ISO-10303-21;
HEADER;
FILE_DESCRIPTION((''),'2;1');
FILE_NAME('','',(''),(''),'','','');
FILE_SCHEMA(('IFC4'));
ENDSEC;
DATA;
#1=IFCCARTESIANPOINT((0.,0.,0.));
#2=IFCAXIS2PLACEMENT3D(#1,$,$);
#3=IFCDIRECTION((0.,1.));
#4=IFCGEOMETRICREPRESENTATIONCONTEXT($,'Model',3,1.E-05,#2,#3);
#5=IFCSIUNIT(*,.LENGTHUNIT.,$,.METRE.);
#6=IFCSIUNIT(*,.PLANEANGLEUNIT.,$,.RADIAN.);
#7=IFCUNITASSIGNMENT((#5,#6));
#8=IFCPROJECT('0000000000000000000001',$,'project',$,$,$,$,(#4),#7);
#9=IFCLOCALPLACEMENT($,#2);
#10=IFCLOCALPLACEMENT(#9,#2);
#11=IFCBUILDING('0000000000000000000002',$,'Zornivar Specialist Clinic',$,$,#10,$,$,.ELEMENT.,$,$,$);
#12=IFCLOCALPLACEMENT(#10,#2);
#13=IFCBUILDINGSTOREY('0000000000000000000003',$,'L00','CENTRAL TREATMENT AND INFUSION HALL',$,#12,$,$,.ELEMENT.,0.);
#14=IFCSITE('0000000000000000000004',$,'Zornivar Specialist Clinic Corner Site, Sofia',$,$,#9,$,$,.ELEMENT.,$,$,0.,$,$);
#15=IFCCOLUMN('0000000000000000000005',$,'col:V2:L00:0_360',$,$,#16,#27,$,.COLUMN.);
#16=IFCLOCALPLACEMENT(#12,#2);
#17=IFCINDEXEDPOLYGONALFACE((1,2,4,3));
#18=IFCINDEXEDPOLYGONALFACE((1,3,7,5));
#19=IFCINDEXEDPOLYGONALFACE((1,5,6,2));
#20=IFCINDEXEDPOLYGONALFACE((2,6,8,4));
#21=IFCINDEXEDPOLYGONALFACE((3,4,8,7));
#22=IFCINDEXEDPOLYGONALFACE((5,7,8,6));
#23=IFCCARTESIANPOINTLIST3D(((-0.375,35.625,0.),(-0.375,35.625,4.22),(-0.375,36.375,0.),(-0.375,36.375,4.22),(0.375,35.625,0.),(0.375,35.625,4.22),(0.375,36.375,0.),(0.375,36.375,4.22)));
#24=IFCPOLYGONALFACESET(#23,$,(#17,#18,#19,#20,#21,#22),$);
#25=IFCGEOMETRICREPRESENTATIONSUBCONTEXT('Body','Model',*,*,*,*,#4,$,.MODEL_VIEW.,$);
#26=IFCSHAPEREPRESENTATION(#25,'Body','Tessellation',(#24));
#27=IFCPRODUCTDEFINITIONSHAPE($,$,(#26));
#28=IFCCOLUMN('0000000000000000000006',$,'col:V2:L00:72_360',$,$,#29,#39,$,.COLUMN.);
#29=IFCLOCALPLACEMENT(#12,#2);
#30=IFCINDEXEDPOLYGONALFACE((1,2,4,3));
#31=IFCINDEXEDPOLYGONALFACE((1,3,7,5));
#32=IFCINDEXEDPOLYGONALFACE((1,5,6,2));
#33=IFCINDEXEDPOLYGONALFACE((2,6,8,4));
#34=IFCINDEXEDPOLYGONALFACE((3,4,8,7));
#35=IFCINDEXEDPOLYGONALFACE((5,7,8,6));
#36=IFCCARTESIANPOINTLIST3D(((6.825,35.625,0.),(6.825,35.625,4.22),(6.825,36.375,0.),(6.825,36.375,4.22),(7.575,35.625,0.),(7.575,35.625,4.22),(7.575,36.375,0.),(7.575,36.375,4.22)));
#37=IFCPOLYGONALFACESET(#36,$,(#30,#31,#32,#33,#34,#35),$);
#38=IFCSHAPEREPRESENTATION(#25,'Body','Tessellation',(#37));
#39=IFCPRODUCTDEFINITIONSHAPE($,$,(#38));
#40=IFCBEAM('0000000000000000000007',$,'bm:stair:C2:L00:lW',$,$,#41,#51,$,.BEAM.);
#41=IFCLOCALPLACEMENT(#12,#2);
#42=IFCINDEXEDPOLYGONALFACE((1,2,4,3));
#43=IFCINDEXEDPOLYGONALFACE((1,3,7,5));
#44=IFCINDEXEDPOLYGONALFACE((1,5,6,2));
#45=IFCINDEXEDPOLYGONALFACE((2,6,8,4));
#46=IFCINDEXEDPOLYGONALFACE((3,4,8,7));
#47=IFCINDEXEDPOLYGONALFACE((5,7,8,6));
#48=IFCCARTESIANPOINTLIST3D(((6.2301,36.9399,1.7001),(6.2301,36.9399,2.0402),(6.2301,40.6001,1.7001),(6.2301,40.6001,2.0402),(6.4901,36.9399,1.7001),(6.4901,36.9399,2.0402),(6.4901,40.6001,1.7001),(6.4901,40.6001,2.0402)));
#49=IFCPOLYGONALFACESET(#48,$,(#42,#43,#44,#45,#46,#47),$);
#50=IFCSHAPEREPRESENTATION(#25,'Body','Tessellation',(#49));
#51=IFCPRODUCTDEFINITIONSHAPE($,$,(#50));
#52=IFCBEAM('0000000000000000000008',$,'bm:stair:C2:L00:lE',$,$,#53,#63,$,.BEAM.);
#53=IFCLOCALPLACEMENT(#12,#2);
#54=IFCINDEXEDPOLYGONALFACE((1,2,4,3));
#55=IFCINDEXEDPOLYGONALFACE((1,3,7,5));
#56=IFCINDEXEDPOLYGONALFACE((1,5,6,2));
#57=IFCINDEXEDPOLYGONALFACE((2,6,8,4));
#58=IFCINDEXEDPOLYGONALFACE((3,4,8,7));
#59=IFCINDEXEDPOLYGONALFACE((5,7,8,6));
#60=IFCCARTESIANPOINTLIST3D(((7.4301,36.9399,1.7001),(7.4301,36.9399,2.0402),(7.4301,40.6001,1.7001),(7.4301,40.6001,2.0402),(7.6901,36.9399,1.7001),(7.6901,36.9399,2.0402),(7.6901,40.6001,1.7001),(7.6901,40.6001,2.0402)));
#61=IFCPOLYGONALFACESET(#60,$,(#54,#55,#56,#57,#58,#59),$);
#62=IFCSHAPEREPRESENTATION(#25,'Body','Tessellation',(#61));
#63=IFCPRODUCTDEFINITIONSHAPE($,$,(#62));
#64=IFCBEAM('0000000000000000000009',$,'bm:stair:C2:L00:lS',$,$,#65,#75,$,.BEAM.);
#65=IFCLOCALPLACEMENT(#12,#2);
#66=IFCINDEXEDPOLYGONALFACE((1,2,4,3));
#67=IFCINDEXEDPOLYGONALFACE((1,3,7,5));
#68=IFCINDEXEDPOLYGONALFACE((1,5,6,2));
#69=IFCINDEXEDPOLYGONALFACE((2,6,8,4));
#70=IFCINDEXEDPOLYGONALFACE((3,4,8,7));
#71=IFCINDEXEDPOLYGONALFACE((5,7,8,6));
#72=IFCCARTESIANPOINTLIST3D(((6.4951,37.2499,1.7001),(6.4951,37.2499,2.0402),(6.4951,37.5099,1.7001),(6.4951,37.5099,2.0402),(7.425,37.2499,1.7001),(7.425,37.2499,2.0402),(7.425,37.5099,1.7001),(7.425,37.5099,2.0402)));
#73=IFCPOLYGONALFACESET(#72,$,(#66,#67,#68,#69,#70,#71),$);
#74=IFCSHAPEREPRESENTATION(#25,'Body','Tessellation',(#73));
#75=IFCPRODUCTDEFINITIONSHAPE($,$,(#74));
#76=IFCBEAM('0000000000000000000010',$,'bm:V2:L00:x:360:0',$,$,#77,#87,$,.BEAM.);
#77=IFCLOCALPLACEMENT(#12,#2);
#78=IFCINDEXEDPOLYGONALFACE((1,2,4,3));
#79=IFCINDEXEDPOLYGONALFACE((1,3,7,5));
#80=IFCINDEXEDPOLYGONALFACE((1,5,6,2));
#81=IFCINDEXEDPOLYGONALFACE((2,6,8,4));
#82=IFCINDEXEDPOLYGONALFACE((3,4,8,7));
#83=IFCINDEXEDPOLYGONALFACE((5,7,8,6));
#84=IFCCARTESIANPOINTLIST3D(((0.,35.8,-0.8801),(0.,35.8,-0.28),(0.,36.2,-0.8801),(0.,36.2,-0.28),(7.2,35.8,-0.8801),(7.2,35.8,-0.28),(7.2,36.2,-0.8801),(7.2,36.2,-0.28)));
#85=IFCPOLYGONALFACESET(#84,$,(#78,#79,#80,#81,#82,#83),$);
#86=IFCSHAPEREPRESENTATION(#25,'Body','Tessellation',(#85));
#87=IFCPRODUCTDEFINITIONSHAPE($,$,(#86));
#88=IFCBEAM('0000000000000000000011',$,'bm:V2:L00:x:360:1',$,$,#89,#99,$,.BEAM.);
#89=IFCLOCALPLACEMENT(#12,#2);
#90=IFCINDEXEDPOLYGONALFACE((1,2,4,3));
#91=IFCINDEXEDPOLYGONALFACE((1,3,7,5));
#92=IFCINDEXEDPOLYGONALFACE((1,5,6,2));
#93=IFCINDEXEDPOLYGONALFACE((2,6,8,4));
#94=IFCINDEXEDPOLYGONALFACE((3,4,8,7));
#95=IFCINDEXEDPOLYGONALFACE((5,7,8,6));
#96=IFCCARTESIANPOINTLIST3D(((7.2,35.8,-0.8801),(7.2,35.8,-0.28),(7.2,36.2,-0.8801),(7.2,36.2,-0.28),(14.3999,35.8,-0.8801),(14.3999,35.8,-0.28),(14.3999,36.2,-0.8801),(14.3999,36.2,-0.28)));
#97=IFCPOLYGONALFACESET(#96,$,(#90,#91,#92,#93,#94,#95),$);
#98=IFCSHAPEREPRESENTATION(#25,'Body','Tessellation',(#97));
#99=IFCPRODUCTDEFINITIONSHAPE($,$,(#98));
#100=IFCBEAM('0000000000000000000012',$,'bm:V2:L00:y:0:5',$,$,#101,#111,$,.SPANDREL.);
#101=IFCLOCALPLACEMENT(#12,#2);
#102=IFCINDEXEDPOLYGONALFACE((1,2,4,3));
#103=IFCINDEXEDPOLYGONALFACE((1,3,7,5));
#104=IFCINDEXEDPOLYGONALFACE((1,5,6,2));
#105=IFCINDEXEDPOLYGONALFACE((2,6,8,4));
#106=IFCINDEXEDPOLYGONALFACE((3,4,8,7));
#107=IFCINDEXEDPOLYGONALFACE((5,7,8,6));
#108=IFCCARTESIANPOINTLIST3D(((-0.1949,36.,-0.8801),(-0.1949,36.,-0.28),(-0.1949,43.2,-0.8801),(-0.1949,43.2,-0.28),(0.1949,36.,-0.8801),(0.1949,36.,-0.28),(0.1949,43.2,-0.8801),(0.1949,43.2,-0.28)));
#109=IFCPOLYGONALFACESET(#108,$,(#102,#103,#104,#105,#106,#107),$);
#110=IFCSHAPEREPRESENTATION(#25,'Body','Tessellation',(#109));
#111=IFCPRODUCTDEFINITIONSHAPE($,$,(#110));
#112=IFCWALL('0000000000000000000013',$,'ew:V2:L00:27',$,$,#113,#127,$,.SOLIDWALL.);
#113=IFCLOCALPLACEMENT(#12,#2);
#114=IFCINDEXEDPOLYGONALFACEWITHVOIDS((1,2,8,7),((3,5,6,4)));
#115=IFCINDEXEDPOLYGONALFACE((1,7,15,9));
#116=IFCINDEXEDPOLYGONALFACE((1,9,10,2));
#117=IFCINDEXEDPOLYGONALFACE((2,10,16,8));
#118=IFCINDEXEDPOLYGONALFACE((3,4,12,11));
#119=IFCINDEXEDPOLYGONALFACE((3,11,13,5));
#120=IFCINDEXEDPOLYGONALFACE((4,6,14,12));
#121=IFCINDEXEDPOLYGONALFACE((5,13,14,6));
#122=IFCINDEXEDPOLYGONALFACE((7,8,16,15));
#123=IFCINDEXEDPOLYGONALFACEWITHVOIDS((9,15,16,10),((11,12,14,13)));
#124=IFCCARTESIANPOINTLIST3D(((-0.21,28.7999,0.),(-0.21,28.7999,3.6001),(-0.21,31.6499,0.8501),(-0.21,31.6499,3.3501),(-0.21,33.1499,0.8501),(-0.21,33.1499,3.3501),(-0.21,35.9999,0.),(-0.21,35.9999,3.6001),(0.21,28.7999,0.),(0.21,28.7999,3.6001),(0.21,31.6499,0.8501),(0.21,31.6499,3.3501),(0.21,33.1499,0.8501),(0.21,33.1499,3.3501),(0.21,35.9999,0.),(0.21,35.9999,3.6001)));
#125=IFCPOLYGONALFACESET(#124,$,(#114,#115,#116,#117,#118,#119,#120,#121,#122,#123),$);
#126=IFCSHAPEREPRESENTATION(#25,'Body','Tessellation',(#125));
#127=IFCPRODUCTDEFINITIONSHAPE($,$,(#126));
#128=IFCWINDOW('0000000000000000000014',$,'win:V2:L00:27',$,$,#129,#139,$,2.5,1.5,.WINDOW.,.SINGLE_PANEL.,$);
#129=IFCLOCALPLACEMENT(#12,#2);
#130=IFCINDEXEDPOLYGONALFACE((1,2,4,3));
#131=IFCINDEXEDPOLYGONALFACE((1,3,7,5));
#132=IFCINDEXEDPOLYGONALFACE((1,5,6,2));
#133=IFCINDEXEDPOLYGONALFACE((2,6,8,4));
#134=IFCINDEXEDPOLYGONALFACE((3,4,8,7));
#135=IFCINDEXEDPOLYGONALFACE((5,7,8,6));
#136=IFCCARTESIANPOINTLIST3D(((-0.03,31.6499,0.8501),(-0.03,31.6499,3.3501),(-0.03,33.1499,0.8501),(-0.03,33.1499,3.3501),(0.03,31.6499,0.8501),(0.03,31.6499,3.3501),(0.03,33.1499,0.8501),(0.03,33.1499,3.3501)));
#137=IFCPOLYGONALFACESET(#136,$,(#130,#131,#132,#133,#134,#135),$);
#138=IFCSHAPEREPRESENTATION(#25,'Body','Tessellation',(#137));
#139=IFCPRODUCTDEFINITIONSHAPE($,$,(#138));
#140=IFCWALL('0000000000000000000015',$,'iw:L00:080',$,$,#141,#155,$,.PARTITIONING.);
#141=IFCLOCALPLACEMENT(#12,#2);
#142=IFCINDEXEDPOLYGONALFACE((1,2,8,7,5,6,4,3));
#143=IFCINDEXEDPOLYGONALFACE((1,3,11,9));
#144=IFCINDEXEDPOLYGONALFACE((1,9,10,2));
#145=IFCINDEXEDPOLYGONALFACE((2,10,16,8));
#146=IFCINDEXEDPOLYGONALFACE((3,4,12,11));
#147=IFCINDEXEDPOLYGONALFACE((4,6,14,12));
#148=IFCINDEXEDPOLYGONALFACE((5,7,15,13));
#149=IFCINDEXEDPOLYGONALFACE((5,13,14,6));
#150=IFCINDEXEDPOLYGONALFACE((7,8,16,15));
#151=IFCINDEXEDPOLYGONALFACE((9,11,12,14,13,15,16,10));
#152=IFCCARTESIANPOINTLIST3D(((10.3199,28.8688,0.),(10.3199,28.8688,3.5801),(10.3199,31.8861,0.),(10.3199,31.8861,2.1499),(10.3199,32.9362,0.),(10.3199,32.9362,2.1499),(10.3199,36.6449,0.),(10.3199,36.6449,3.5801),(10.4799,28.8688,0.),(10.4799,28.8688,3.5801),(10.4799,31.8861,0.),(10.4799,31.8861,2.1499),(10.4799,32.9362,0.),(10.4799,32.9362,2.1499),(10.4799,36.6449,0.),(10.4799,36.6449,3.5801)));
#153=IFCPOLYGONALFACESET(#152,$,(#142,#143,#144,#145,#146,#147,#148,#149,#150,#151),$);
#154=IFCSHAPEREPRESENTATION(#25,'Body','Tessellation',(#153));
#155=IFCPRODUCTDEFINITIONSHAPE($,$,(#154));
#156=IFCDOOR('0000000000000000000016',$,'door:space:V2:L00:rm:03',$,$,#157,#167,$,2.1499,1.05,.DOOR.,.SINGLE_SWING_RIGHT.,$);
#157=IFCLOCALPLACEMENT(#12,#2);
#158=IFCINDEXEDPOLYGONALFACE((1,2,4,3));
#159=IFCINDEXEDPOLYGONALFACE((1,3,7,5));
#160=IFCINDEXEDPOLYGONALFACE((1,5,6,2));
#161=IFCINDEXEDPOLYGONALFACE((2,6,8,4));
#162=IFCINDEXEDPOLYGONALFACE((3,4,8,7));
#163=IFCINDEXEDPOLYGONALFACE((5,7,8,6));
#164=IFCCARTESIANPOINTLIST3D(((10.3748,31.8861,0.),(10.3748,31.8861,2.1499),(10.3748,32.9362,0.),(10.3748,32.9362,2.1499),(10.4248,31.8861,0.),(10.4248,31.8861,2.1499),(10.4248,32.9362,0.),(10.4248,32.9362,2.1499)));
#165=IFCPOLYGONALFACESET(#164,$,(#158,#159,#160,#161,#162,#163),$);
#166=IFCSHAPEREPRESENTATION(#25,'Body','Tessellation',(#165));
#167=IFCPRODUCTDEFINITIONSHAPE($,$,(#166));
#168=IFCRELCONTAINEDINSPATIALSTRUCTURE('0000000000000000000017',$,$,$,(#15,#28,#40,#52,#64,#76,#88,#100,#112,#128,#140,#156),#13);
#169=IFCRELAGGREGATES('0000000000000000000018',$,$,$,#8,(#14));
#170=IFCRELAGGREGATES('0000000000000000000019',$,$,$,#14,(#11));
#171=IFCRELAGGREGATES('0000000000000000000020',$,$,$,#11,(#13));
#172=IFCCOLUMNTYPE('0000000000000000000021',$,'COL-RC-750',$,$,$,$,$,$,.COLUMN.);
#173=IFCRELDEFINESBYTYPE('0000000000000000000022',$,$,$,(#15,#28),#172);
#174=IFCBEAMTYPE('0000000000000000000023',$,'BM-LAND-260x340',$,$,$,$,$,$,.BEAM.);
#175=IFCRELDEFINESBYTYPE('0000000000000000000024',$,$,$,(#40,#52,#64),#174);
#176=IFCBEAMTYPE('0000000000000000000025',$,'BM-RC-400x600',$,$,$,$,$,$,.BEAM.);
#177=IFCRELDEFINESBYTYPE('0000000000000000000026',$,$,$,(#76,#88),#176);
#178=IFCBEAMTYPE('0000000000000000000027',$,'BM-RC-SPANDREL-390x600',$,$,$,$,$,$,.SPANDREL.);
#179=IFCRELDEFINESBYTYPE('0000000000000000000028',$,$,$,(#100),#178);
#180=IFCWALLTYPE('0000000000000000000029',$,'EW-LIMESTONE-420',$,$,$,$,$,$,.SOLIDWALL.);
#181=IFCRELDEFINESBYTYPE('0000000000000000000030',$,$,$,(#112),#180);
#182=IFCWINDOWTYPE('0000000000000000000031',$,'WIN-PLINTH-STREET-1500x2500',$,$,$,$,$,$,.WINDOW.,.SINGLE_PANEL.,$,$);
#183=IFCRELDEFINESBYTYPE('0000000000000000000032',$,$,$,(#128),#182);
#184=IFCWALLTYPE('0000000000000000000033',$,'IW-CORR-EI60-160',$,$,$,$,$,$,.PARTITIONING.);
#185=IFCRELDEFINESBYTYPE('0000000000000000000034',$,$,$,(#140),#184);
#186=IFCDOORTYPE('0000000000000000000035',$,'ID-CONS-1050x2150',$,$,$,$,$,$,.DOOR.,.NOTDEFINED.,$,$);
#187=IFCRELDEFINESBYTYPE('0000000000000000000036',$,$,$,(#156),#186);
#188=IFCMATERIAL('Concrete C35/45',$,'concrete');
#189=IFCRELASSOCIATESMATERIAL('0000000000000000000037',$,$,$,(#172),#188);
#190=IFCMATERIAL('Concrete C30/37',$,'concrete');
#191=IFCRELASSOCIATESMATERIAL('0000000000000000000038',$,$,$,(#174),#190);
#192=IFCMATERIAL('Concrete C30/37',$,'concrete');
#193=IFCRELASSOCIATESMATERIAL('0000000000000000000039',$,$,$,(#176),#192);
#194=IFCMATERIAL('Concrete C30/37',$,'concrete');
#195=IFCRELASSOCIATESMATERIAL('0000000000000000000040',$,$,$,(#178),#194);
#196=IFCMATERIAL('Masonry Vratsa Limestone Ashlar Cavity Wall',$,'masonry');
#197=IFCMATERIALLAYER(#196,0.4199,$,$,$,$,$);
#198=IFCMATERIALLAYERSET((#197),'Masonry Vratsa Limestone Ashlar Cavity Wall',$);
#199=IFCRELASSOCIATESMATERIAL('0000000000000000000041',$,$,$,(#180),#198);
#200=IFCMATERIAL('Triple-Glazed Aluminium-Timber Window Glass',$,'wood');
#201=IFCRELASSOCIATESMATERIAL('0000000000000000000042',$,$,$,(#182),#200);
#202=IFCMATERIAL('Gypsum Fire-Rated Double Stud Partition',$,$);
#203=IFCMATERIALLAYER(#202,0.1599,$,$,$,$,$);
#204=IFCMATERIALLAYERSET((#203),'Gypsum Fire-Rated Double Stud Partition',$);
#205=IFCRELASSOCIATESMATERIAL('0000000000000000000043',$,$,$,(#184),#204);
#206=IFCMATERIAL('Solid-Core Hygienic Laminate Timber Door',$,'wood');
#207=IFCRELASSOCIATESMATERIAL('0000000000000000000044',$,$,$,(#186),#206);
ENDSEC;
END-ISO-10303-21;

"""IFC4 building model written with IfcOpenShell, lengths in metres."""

from ifc_helpers import new_model, si_unit, direction, frame, frame_2d, origin, origin_2d, place, context, subcontext, project, spatial, rectangle, extrude, material, layer, layer_set, material_profile, profile_set, type_object, element, fill, save


model = new_model("IFC4")

# Units and contexts
model_context = context("Model", 3, precision=1e-05, world=origin(), true_north=direction((0.0, 1.0)))
body_context = subcontext(model_context, "Body", "Model", "MODEL_VIEW")
ifc_project = project(units=[si_unit("LENGTHUNIT", "METRE"), si_unit("PLANEANGLEUNIT", "RADIAN")], contexts=[model_context])

# Site, building, storey
site_placement = place(None, origin())
site = spatial("IfcSite", under=ifc_project, at=site_placement, Name="Zornivar Specialist Clinic Corner Site, Sofia", CompositionType="ELEMENT", RefElevation=0.0)
building_placement = place(site_placement, origin())
building = spatial("IfcBuilding", under=site, at=building_placement, Name="Zornivar Specialist Clinic", CompositionType="ELEMENT")
storey_placement = place(building_placement, origin())
storey = spatial("IfcBuildingStorey", under=building, at=storey_placement, Name="L00", Description="CENTRAL TREATMENT AND INFUSION HALL", CompositionType="ELEMENT", Elevation=0.0)

# Columns
ifc_material_1 = material(Name="Concrete C35/45", Category="concrete")
ifc_material_profile_1 = material_profile(ifc_material_1, rectangle(XDim=0.75, YDim=0.75, at=origin_2d()), Name="RC 750x750")
ifc_profile_set_1 = profile_set([ifc_material_profile_1], Name="Concrete C35/45")
column_type = type_object("IfcColumnType", Name="COL-RC-750", PredefinedType="COLUMN", material=ifc_profile_set_1)
for number, where, z_axis, x_axis, name in (
    (1, (0.0, 36.0, 0.0), (0.0, 0.0, 1.0), (1.0, 0.0, 0.0), "col:V2:L00:0_360"),
    (2, (7.2, 36.0, 0.0), (0.0, 0.0, 1.0), (1.0, 0.0, 0.0), "col:V2:L00:72_360"),
):
    element("IfcColumn", number, at=place(storey_placement, frame(where, z_axis=z_axis, x_axis=x_axis)), inside=storey, type_object=column_type, Name=name, PredefinedType="COLUMN", context=body_context, shape_type="SweptSolid", body=[
        extrude(rectangle(XDim=0.75, YDim=0.75, at=origin_2d()), origin(), (0.0, 0.0, 1.0), 4.22),
    ])

# Beams
ifc_material_2 = material(Name="Concrete C30/37", Category="concrete")
ifc_material_profile_2 = material_profile(ifc_material_2, rectangle(XDim=0.26, YDim=0.3401, at=origin_2d()), Name="RC 260x340")
ifc_profile_set_2 = profile_set([ifc_material_profile_2], Name="Concrete C30/37")
beam_type_1 = type_object("IfcBeamType", Name="BM-LAND-260x340", PredefinedType="BEAM", material=ifc_profile_set_2)
for number, where, z_axis, x_axis, name in (
    (3, (6.3601, 36.9399, 1.8701), (0.0, 1.0, 0.0), (-1.0, 0.0, 0.0), "bm:stair:C2:L00:lW"),
    (4, (7.5601, 36.9399, 1.8701), (0.0, 1.0, 0.0), (-1.0, 0.0, 0.0), "bm:stair:C2:L00:lE"),
):
    element("IfcBeam", number, at=place(storey_placement, frame(where, z_axis=z_axis, x_axis=x_axis)), inside=storey, type_object=beam_type_1, Name=name, PredefinedType="BEAM", context=body_context, shape_type="SweptSolid", body=[
        extrude(rectangle(XDim=0.26, YDim=0.3401, at=origin_2d()), origin(), (0.0, 0.0, 1.0), 3.6602),
    ])
beam_1_placement = place(storey_placement, frame((6.4951, 37.3799, 1.8701), z_axis=(1.0, 0.0, 0.0), x_axis=(0.0, 1.0, 0.0)))
element("IfcBeam", 5, at=beam_1_placement, inside=storey, type_object=beam_type_1, Name="bm:stair:C2:L00:lS", PredefinedType="BEAM", context=body_context, shape_type="SweptSolid", body=[
    extrude(rectangle(XDim=0.26, YDim=0.3401, at=origin_2d()), origin(), (0.0, 0.0, 1.0), 0.9299),
])
ifc_material_3 = material(Name="Concrete C30/37", Category="concrete")
ifc_material_profile_3 = material_profile(ifc_material_3, rectangle(XDim=0.3999, YDim=0.6001, at=origin_2d()), Name="RC 400x600")
ifc_profile_set_3 = profile_set([ifc_material_profile_3], Name="Concrete C30/37")
beam_type_2 = type_object("IfcBeamType", Name="BM-RC-400x600", PredefinedType="BEAM", material=ifc_profile_set_3)
for number, where, z_axis, x_axis, name in (
    (6, (0.0, 36.0, -0.5801), (1.0, 0.0, 0.0), (0.0, 1.0, 0.0), "bm:V2:L00:x:360:0"),
    (7, (7.2, 36.0, -0.5801), (1.0, 0.0, 0.0), (0.0, 1.0, 0.0), "bm:V2:L00:x:360:1"),
):
    element("IfcBeam", number, at=place(storey_placement, frame(where, z_axis=z_axis, x_axis=x_axis)), inside=storey, type_object=beam_type_2, Name=name, PredefinedType="BEAM", context=body_context, shape_type="SweptSolid", body=[
        extrude(rectangle(XDim=0.3999, YDim=0.6001, at=origin_2d()), origin(), (0.0, 0.0, 1.0), 7.2),
    ])
ifc_material_4 = material(Name="Concrete C30/37", Category="concrete")
ifc_material_profile_4 = material_profile(ifc_material_4, rectangle(XDim=0.3899, YDim=0.6001, at=origin_2d()), Name="RC 390x600")
ifc_profile_set_4 = profile_set([ifc_material_profile_4], Name="Concrete C30/37")
beam_type_3 = type_object("IfcBeamType", Name="BM-RC-SPANDREL-390x600", PredefinedType="SPANDREL", material=ifc_profile_set_4)
beam_2_placement = place(storey_placement, frame((0.0, 36.0, -0.5801), z_axis=(0.0, 1.0, 0.0), x_axis=(-1.0, 0.0, 0.0)))
element("IfcBeam", 8, at=beam_2_placement, inside=storey, type_object=beam_type_3, Name="bm:V2:L00:y:0:5", PredefinedType="SPANDREL", context=body_context, shape_type="SweptSolid", body=[
    extrude(rectangle(XDim=0.3899, YDim=0.6001, at=origin_2d()), origin(), (0.0, 0.0, 1.0), 7.2),
])

# Wall, opening, window
ifc_material_5 = material(Name="Masonry Vratsa Limestone Ashlar Cavity Wall", Category="masonry")
ifc_layer_1 = layer(ifc_material_5, 0.4199)
ifc_layer_set_1 = layer_set([ifc_layer_1], Name="Masonry Vratsa Limestone Ashlar Cavity Wall")
wall_type_1 = type_object("IfcWallType", Name="EW-LIMESTONE-420", PredefinedType="SOLIDWALL", material=ifc_layer_set_1)
wall_1_placement = place(storey_placement, frame((0.0, 36.0, 0.0), z_axis=(0.0, 0.0, 1.0), x_axis=(0.0, -1.0, 0.0)))
wall_1 = element("IfcWall", 9, at=wall_1_placement, inside=storey, type_object=wall_type_1, Name="ew:V2:L00:27", PredefinedType="SOLIDWALL", context=body_context, shape_type="SweptSolid", body=[
    extrude(rectangle(XDim=7.2, YDim=0.4199, at=frame_2d((3.6001, 0.0))), origin(), (0.0, 0.0, 1.0), 3.6001),
])
opening_1_placement = place(wall_1_placement, frame((2.8501, 0.0, 0.8501)))
opening_1 = element("IfcOpeningElement", 10, at=opening_1_placement, cuts=wall_1, PredefinedType="OPENING", context=body_context, shape_type="SweptSolid", body=[
    extrude(rectangle(XDim=1.5, YDim=2.5, at=frame_2d((0.75, 1.25))), frame((0.0, 0.22, 0.0), z_axis=(0.0, -1.0, 0.0), x_axis=(1.0, 0.0, 0.0)), (0.0, 0.0, 1.0), 0.4399),
])
ifc_material_6 = material(Name="Triple-Glazed Aluminium-Timber Window Glass", Category="wood")
window_type = type_object("IfcWindowType", Name="WIN-PLINTH-STREET-1500x2500", PartitioningType="SINGLE_PANEL", PredefinedType="WINDOW", material=ifc_material_6)
window_placement = place(opening_1_placement, origin())
window = element("IfcWindow", 11, at=window_placement, inside=storey, type_object=window_type, Name="win:V2:L00:27", OverallHeight=2.5, OverallWidth=1.5, PartitioningType="SINGLE_PANEL", PredefinedType="WINDOW", context=body_context, shape_type="SweptSolid", body=[
    extrude(rectangle(XDim=1.5, YDim=2.5, at=frame_2d((0.75, 1.25))), frame((0.0, 0.03, 0.0), z_axis=(0.0, -1.0, 0.0), x_axis=(1.0, 0.0, 0.0)), (0.0, 0.0, 1.0), 0.0601),
])
fill(opening_1, window)

# Wall, opening, door
ifc_material_7 = material(Name="Gypsum Fire-Rated Double Stud Partition")
ifc_layer_2 = layer(ifc_material_7, 0.1599)
ifc_layer_set_2 = layer_set([ifc_layer_2], Name="Gypsum Fire-Rated Double Stud Partition")
wall_type_2 = type_object("IfcWallType", Name="IW-CORR-EI60-160", PredefinedType="PARTITIONING", material=ifc_layer_set_2)
wall_2_placement = place(storey_placement, frame((10.3999, 36.645, 0.0), z_axis=(0.0, 0.0, 1.0), x_axis=(0.0, -1.0, 0.0)))
wall_2 = element("IfcWall", 12, at=wall_2_placement, inside=storey, type_object=wall_type_2, Name="iw:L00:080", PredefinedType="PARTITIONING", context=body_context, shape_type="SweptSolid", body=[
    extrude(rectangle(XDim=7.7761, YDim=0.1599, at=frame_2d((3.8882, 0.0))), origin(), (0.0, 0.0, 1.0), 3.5801),
])
opening_2_placement = place(wall_2_placement, frame((3.709, 0.0, 0.0)))
opening_2 = element("IfcOpeningElement", 13, at=opening_2_placement, cuts=wall_2, PredefinedType="OPENING", context=body_context, shape_type="SweptSolid", body=[
    extrude(rectangle(XDim=1.05, YDim=2.1499, at=frame_2d((0.5249, 1.075))), frame((0.0, 0.0898, 0.0), z_axis=(0.0, -1.0, 0.0), x_axis=(1.0, 0.0, 0.0)), (0.0, 0.0, 1.0), 0.1799),
])
ifc_material_8 = material(Name="Solid-Core Hygienic Laminate Timber Door", Category="wood")
door_type_1 = type_object("IfcDoorType", Name="ID-CONS-1050x2150", OperationType="NOTDEFINED", PredefinedType="DOOR", material=ifc_material_8)
door_1_placement = place(opening_2_placement, origin())
door_1 = element("IfcDoor", 14, at=door_1_placement, inside=storey, type_object=door_type_1, Name="door:space:V2:L00:rm:03", OperationType="SINGLE_SWING_RIGHT", OverallHeight=2.1499, OverallWidth=1.05, PredefinedType="DOOR", context=body_context, shape_type="SweptSolid", body=[
    extrude(rectangle(XDim=1.05, YDim=2.1499, at=frame_2d((0.5249, 1.075))), frame((0.0, 0.0249, 0.0), z_axis=(0.0, -1.0, 0.0), x_axis=(1.0, 0.0, 0.0)), (0.0, 0.0, 1.0), 0.05),
])
fill(opening_2, door_1)

save(model, "model.ifc")
